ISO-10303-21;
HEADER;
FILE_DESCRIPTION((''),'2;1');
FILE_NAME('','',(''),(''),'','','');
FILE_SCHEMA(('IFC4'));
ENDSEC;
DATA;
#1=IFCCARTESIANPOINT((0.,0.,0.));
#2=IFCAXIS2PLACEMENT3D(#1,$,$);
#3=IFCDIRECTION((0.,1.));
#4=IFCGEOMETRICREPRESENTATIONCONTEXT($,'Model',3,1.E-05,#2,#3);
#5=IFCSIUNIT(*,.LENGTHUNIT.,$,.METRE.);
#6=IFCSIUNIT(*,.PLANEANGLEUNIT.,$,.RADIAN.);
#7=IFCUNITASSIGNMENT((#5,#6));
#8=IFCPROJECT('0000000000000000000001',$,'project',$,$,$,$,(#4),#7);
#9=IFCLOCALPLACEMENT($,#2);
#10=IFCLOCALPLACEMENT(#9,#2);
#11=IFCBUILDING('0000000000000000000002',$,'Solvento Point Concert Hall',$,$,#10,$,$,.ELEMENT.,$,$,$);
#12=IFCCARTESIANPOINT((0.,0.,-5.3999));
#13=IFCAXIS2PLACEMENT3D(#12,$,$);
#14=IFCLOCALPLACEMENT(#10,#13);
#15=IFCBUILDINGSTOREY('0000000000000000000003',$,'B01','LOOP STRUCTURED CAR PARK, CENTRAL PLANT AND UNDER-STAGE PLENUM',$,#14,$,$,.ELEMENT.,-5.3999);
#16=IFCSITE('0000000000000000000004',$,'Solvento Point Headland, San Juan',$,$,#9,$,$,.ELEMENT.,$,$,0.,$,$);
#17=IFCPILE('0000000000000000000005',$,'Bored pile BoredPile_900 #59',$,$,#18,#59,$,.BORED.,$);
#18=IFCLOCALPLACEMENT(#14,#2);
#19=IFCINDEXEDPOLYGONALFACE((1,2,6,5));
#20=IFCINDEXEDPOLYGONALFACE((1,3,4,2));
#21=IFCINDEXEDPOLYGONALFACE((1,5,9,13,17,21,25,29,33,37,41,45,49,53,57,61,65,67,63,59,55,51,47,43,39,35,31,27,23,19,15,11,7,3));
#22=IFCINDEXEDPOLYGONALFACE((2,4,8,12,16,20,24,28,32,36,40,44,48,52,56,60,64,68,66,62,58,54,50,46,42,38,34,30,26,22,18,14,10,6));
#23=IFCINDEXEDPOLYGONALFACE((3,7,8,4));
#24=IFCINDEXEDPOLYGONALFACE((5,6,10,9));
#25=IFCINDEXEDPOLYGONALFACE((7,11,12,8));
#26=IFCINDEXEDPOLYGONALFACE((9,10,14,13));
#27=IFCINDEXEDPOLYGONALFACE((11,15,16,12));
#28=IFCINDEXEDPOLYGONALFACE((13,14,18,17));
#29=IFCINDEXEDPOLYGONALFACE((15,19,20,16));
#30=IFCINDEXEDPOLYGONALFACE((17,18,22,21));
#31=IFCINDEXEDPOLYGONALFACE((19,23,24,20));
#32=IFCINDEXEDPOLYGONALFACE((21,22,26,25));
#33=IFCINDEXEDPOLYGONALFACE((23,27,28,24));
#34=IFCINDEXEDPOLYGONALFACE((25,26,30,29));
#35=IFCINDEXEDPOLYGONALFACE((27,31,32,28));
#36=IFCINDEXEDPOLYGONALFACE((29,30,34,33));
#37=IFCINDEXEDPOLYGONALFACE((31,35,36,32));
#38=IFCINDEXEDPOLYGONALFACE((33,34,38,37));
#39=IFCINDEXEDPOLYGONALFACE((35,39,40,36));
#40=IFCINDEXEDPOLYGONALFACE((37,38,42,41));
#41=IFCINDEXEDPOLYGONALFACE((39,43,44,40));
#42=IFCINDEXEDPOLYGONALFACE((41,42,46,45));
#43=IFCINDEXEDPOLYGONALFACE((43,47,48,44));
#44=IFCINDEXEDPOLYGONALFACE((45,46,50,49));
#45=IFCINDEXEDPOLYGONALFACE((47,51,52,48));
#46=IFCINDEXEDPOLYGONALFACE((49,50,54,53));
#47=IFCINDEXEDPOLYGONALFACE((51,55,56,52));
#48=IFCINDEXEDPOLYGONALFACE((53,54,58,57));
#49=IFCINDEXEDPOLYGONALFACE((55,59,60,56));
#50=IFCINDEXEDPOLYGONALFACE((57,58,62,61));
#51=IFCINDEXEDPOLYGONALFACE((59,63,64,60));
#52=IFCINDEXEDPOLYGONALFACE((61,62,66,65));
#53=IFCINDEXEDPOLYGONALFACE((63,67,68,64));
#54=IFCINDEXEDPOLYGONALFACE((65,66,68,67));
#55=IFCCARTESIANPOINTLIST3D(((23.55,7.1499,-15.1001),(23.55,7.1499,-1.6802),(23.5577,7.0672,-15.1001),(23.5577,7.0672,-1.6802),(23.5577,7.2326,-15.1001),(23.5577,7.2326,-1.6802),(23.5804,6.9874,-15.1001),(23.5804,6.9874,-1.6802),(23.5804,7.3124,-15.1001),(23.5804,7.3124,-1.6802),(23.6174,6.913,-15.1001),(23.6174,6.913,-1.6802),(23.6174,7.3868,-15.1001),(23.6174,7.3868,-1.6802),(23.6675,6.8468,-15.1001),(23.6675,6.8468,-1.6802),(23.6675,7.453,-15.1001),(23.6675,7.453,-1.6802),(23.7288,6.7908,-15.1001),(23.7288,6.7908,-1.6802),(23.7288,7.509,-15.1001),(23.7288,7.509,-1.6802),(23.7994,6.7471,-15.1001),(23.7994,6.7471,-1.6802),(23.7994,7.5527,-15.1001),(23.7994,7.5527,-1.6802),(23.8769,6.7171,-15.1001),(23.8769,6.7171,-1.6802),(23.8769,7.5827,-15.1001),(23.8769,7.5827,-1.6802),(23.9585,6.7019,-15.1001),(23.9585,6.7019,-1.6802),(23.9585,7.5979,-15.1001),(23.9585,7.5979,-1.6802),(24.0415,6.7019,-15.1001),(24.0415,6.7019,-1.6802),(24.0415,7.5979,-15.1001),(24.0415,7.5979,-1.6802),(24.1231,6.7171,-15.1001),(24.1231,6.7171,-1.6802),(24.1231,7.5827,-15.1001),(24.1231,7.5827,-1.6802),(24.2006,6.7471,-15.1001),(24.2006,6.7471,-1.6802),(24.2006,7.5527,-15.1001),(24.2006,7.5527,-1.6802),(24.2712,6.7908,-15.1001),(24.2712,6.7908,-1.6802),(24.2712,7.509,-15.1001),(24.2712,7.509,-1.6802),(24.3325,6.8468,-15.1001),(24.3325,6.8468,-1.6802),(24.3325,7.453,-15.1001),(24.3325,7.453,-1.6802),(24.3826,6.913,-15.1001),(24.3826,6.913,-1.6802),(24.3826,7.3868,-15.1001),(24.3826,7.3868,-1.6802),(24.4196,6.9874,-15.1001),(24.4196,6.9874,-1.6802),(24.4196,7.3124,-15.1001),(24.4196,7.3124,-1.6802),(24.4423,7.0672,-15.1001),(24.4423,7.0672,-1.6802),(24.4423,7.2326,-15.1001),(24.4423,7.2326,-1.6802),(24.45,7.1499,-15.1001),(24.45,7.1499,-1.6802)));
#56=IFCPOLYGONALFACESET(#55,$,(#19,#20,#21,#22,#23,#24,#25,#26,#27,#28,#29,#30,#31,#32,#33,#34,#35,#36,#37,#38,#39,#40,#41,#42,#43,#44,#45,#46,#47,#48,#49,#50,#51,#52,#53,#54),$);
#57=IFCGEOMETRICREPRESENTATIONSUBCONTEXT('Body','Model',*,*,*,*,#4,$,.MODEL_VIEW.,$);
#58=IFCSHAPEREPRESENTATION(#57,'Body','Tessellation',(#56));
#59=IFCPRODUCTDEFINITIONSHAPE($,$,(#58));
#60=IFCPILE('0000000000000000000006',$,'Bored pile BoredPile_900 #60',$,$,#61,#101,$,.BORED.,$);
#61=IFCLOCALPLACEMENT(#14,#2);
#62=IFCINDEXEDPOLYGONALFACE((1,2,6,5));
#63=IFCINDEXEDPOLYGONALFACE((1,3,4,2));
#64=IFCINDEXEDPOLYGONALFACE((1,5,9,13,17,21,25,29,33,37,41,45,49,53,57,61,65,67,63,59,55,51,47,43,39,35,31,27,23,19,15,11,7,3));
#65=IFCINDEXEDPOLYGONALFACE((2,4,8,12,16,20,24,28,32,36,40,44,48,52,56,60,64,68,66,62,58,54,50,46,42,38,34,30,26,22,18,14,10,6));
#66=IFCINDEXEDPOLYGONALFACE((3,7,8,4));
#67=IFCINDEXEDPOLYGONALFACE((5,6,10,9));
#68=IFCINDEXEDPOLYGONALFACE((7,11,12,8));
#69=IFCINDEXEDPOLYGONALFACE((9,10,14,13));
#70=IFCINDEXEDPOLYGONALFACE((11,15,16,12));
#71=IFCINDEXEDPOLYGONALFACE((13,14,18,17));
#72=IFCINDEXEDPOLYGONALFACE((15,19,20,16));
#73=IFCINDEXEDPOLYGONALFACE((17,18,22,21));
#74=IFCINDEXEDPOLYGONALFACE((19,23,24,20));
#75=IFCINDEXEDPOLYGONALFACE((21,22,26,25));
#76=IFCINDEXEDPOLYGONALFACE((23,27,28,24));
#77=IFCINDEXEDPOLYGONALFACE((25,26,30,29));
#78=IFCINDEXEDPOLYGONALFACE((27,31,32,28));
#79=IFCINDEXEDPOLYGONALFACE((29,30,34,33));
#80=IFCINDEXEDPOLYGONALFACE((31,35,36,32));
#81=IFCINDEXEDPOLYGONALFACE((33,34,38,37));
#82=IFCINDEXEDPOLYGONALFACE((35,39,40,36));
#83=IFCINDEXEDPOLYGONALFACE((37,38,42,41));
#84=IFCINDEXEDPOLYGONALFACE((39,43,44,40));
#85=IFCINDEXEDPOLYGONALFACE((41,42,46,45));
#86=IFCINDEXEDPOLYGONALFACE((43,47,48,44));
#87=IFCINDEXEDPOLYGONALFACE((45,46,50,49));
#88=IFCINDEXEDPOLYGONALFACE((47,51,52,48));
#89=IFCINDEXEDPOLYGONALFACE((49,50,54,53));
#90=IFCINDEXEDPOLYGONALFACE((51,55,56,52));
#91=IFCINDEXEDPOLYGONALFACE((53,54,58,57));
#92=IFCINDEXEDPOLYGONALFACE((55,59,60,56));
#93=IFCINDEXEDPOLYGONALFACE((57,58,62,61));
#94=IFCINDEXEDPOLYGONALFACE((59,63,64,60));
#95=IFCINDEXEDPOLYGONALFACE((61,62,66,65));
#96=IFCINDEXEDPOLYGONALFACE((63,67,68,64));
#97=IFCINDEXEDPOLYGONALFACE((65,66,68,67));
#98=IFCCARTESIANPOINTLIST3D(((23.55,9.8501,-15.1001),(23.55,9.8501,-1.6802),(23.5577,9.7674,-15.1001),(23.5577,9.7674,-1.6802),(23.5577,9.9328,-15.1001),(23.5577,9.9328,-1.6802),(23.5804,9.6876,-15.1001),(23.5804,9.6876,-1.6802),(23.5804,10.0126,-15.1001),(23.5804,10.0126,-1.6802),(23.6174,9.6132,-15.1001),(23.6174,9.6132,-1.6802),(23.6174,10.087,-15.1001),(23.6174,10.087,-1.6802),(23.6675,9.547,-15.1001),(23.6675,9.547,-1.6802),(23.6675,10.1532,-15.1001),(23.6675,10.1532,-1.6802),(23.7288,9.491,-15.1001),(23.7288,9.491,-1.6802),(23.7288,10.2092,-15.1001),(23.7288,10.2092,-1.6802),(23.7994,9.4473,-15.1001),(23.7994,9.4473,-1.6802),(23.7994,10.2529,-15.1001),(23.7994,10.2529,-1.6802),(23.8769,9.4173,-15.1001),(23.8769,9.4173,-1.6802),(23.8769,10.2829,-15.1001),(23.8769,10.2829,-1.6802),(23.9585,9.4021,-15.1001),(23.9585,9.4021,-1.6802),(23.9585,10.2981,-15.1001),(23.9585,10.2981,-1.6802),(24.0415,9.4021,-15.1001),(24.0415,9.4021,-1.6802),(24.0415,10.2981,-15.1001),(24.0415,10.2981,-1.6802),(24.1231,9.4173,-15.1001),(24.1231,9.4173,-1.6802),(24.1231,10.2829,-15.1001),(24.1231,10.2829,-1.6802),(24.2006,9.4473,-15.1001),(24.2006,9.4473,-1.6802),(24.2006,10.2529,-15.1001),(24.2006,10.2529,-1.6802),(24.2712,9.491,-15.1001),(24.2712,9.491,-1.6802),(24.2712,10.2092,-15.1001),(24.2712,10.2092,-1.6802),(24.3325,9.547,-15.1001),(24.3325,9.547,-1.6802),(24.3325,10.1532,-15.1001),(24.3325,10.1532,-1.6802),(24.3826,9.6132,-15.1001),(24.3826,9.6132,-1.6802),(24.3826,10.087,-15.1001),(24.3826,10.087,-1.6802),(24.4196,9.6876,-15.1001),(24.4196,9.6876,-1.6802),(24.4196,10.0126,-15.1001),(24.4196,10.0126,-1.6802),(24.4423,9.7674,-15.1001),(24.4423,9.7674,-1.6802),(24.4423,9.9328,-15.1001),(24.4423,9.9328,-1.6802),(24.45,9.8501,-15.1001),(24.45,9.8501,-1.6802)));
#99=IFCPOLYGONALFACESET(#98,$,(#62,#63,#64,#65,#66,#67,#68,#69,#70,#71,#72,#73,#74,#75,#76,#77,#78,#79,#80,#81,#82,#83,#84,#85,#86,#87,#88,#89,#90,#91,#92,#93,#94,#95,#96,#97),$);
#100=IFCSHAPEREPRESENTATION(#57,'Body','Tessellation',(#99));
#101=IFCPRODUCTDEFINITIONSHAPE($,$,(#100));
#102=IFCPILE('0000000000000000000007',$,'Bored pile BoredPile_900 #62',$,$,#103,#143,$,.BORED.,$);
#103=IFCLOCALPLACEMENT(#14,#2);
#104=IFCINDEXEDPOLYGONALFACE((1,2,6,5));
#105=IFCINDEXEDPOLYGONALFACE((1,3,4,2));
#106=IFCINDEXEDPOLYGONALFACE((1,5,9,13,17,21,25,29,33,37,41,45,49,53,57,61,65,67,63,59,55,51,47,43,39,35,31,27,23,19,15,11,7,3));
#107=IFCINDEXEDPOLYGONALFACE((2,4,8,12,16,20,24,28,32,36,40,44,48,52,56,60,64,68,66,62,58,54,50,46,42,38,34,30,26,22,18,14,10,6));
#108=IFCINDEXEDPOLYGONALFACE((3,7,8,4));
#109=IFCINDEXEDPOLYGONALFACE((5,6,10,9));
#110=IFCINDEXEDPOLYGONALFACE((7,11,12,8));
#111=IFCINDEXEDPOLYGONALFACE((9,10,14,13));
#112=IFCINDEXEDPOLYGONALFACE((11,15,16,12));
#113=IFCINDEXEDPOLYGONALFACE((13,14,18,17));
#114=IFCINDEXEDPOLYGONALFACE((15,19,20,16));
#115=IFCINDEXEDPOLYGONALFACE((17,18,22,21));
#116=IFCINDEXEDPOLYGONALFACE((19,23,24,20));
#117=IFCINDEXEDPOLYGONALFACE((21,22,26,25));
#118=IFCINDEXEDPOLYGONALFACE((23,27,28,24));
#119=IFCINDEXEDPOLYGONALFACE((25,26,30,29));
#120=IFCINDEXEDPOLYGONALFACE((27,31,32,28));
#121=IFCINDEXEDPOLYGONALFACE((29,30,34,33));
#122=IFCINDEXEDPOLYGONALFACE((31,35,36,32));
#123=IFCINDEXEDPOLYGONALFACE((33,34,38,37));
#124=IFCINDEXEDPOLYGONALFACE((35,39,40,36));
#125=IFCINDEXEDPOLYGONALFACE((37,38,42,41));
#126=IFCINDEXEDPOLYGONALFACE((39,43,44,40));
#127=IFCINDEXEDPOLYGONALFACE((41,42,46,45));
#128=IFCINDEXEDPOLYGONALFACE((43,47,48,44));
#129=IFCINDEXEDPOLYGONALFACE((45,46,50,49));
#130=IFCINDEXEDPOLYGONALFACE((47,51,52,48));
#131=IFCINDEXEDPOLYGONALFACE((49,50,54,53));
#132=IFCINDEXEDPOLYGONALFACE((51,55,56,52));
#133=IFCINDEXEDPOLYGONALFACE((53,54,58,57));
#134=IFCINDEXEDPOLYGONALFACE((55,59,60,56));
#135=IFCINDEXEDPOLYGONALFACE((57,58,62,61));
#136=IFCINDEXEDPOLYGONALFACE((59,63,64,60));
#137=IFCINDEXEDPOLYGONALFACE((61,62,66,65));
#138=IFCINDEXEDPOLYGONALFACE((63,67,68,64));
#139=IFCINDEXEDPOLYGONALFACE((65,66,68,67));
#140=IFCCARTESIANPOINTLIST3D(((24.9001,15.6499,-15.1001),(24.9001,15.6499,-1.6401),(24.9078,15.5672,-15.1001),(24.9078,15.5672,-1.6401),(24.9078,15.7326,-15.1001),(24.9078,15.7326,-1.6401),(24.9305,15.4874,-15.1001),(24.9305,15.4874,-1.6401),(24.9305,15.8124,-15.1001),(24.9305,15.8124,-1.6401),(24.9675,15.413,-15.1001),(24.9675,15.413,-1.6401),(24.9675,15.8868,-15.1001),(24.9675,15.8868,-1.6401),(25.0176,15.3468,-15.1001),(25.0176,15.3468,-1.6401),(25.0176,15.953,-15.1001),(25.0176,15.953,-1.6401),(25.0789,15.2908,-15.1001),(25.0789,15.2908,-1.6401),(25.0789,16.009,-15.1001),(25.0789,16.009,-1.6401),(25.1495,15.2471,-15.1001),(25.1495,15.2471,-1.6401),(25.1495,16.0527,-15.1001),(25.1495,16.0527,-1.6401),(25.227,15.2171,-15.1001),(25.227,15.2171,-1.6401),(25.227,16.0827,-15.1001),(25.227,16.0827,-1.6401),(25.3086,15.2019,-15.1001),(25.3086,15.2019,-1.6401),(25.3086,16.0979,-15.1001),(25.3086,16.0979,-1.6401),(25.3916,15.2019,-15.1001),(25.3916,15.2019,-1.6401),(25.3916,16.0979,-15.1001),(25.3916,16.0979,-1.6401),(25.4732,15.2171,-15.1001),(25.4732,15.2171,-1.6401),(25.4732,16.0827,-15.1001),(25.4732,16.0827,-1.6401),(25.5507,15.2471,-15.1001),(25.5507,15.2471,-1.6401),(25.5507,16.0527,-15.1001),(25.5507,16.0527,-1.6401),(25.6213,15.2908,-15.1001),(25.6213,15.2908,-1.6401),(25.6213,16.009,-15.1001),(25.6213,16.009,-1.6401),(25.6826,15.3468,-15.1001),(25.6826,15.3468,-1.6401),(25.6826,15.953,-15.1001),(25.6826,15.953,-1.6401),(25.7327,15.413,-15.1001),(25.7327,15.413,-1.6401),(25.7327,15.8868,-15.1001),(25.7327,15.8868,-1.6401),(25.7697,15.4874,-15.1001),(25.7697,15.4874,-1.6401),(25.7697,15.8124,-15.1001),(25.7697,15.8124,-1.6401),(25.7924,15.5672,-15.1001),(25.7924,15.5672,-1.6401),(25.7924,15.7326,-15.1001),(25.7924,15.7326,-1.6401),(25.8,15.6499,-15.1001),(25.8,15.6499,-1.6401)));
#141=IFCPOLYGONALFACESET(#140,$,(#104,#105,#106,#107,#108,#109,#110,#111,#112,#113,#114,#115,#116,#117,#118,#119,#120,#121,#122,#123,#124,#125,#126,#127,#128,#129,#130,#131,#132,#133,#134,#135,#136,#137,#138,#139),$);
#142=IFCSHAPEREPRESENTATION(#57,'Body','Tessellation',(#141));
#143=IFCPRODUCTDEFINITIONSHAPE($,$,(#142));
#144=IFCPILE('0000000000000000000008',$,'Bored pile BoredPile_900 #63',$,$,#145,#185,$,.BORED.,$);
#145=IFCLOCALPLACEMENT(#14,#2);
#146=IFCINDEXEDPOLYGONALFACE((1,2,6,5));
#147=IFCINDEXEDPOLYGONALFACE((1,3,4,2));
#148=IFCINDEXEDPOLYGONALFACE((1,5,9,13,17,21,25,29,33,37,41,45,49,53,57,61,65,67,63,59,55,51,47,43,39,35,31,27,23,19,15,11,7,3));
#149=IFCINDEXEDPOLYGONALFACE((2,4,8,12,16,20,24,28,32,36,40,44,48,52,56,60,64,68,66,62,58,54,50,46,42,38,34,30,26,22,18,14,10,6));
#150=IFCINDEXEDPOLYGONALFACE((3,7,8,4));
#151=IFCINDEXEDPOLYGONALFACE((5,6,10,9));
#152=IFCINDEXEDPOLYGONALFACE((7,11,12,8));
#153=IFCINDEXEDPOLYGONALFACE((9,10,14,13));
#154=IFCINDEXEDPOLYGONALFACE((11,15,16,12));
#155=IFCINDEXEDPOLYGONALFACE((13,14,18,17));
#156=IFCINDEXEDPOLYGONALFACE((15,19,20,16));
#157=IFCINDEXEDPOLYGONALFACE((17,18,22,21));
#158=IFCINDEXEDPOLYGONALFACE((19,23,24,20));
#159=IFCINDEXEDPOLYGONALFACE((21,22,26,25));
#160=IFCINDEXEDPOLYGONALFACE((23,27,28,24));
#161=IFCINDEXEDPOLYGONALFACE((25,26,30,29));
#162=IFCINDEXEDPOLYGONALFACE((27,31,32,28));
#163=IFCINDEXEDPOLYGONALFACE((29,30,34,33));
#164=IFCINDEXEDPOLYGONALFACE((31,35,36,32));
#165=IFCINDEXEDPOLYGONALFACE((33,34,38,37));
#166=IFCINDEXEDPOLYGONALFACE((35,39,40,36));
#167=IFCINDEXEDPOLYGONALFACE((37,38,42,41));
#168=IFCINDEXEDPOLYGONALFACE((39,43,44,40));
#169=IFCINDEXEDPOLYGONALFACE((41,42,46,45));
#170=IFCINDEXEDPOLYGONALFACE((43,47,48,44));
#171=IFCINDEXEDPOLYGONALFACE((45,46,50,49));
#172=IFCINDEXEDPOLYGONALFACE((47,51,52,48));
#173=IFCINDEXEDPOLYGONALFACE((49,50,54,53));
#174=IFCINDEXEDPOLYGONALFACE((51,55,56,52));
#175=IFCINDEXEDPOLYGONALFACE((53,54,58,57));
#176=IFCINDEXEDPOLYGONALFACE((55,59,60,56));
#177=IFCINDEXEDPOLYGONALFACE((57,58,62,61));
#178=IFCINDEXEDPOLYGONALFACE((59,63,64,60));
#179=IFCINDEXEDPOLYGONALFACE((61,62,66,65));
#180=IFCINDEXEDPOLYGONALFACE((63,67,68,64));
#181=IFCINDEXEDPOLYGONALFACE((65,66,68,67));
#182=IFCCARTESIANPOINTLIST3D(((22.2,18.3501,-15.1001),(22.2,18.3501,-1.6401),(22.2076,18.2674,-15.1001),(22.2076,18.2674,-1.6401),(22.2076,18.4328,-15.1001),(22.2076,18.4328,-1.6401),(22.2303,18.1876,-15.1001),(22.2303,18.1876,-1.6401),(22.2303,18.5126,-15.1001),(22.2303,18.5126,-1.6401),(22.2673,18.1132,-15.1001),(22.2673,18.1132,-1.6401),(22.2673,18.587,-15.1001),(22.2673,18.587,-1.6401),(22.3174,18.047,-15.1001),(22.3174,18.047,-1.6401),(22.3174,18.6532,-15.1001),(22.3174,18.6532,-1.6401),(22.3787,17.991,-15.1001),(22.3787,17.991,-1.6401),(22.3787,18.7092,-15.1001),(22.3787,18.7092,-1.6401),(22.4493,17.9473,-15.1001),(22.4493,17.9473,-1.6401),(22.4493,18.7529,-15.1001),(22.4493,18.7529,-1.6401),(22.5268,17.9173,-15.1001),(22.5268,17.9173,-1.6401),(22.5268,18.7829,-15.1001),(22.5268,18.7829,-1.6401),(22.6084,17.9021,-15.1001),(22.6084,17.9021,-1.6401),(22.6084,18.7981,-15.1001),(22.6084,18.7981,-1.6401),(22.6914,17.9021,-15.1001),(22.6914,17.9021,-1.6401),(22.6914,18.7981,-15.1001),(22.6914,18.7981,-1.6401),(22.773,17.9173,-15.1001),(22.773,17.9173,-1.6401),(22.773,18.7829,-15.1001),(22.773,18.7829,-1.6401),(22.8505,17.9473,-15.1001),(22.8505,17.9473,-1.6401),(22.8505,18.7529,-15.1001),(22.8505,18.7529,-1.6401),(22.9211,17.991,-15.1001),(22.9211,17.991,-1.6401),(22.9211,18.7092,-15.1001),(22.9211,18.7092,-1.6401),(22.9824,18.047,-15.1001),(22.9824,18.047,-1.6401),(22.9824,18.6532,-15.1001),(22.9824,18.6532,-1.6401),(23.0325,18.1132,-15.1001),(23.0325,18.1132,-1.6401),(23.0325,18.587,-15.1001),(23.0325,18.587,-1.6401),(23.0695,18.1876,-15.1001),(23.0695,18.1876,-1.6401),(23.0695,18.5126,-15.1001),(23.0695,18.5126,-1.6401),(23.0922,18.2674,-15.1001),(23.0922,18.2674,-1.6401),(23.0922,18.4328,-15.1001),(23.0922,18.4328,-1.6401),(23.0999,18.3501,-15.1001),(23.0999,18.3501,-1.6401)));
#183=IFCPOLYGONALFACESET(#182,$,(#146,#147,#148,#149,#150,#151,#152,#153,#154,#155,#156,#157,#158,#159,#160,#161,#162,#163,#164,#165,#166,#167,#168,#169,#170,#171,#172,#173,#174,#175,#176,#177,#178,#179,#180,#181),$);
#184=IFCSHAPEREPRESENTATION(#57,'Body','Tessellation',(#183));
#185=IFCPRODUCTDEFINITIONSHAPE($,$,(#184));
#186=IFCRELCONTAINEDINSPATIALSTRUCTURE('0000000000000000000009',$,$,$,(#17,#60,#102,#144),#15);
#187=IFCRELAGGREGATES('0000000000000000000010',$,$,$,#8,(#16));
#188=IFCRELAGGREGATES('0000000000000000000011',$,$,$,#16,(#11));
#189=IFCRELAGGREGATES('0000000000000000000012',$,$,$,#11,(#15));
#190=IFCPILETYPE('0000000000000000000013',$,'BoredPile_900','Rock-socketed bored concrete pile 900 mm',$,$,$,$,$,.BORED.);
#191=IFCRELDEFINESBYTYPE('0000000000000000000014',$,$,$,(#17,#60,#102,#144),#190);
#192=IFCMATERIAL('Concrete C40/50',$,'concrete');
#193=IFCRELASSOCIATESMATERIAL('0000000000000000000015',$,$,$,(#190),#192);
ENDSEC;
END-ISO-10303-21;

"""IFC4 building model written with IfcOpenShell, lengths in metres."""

from ifc_helpers import new_model, si_unit, direction, frame, origin, origin_2d, place, context, subcontext, project, spatial, circle, extrude, material, material_profile, profile_set, type_object, element, save


model = new_model("IFC4")

# Units and contexts
model_context = context("Model", 3, precision=1e-05, world=origin(), true_north=direction((0.0, 1.0)))
body_context = subcontext(model_context, "Body", "Model", "MODEL_VIEW")
ifc_project = project(units=[si_unit("LENGTHUNIT", "METRE"), si_unit("PLANEANGLEUNIT", "RADIAN")], contexts=[model_context])

# Site, building, storey
site_placement = place(None, origin())
site = spatial("IfcSite", under=ifc_project, at=site_placement, Name="Solvento Point Headland, San Juan", CompositionType="ELEMENT", RefElevation=0.0)
building_placement = place(site_placement, origin())
building = spatial("IfcBuilding", under=site, at=building_placement, Name="Solvento Point Concert Hall", CompositionType="ELEMENT")
storey_placement = place(building_placement, frame((0.0, 0.0, -5.3999)))
storey = spatial("IfcBuildingStorey", under=building, at=storey_placement, Name="B01", Description="LOOP STRUCTURED CAR PARK, CENTRAL PLANT AND UNDER-STAGE PLENUM", CompositionType="ELEMENT", Elevation=-5.3999)

# Piles
ifc_material_1 = material(Name="Concrete C40/50", Category="concrete")
ifc_material_profile_1 = material_profile(ifc_material_1, circle(Radius=0.45, at=origin_2d()), Name="BP-900")
ifc_profile_set_1 = profile_set([ifc_material_profile_1], Name="Concrete C40/50")
pile_type_1 = type_object("IfcPileType", Name="BoredPile_900", Description="Rock-socketed bored concrete pile 900 mm", PredefinedType="BORED", material=ifc_profile_set_1)
for number, where, z_axis, x_axis, name in (
    (1, (24.0, 7.1499, -1.6802), (0.0, 0.0, -1.0), (1.0, 0.0, 0.0), "Bored pile BoredPile_900 #59"),
    (2, (24.0, 9.8501, -1.6802), (0.0, 0.0, -1.0), (1.0, 0.0, 0.0), "Bored pile BoredPile_900 #60"),
):
    element("IfcPile", number, at=place(storey_placement, frame(where, z_axis=z_axis, x_axis=x_axis)), inside=storey, type_object=pile_type_1, Name=name, PredefinedType="BORED", context=body_context, shape_type="SweptSolid", body=[
        extrude(circle(Radius=0.45, at=origin_2d()), origin(), (0.0, 0.0, 1.0), 13.4199),
    ])
for number, where, z_axis, x_axis, name in (
    (3, (25.3501, 15.6499, -1.6401), (0.0, 0.0, -1.0), (1.0, 0.0, 0.0), "Bored pile BoredPile_900 #62"),
    (4, (22.6499, 18.3501, -1.6401), (0.0, 0.0, -1.0), (1.0, 0.0, 0.0), "Bored pile BoredPile_900 #63"),
):
    element("IfcPile", number, at=place(storey_placement, frame(where, z_axis=z_axis, x_axis=x_axis)), inside=storey, type_object=pile_type_1, Name=name, PredefinedType="BORED", context=body_context, shape_type="SweptSolid", body=[
        extrude(circle(Radius=0.45, at=origin_2d()), origin(), (0.0, 0.0, 1.0), 13.46),
    ])

save(model, "model.ifc")
